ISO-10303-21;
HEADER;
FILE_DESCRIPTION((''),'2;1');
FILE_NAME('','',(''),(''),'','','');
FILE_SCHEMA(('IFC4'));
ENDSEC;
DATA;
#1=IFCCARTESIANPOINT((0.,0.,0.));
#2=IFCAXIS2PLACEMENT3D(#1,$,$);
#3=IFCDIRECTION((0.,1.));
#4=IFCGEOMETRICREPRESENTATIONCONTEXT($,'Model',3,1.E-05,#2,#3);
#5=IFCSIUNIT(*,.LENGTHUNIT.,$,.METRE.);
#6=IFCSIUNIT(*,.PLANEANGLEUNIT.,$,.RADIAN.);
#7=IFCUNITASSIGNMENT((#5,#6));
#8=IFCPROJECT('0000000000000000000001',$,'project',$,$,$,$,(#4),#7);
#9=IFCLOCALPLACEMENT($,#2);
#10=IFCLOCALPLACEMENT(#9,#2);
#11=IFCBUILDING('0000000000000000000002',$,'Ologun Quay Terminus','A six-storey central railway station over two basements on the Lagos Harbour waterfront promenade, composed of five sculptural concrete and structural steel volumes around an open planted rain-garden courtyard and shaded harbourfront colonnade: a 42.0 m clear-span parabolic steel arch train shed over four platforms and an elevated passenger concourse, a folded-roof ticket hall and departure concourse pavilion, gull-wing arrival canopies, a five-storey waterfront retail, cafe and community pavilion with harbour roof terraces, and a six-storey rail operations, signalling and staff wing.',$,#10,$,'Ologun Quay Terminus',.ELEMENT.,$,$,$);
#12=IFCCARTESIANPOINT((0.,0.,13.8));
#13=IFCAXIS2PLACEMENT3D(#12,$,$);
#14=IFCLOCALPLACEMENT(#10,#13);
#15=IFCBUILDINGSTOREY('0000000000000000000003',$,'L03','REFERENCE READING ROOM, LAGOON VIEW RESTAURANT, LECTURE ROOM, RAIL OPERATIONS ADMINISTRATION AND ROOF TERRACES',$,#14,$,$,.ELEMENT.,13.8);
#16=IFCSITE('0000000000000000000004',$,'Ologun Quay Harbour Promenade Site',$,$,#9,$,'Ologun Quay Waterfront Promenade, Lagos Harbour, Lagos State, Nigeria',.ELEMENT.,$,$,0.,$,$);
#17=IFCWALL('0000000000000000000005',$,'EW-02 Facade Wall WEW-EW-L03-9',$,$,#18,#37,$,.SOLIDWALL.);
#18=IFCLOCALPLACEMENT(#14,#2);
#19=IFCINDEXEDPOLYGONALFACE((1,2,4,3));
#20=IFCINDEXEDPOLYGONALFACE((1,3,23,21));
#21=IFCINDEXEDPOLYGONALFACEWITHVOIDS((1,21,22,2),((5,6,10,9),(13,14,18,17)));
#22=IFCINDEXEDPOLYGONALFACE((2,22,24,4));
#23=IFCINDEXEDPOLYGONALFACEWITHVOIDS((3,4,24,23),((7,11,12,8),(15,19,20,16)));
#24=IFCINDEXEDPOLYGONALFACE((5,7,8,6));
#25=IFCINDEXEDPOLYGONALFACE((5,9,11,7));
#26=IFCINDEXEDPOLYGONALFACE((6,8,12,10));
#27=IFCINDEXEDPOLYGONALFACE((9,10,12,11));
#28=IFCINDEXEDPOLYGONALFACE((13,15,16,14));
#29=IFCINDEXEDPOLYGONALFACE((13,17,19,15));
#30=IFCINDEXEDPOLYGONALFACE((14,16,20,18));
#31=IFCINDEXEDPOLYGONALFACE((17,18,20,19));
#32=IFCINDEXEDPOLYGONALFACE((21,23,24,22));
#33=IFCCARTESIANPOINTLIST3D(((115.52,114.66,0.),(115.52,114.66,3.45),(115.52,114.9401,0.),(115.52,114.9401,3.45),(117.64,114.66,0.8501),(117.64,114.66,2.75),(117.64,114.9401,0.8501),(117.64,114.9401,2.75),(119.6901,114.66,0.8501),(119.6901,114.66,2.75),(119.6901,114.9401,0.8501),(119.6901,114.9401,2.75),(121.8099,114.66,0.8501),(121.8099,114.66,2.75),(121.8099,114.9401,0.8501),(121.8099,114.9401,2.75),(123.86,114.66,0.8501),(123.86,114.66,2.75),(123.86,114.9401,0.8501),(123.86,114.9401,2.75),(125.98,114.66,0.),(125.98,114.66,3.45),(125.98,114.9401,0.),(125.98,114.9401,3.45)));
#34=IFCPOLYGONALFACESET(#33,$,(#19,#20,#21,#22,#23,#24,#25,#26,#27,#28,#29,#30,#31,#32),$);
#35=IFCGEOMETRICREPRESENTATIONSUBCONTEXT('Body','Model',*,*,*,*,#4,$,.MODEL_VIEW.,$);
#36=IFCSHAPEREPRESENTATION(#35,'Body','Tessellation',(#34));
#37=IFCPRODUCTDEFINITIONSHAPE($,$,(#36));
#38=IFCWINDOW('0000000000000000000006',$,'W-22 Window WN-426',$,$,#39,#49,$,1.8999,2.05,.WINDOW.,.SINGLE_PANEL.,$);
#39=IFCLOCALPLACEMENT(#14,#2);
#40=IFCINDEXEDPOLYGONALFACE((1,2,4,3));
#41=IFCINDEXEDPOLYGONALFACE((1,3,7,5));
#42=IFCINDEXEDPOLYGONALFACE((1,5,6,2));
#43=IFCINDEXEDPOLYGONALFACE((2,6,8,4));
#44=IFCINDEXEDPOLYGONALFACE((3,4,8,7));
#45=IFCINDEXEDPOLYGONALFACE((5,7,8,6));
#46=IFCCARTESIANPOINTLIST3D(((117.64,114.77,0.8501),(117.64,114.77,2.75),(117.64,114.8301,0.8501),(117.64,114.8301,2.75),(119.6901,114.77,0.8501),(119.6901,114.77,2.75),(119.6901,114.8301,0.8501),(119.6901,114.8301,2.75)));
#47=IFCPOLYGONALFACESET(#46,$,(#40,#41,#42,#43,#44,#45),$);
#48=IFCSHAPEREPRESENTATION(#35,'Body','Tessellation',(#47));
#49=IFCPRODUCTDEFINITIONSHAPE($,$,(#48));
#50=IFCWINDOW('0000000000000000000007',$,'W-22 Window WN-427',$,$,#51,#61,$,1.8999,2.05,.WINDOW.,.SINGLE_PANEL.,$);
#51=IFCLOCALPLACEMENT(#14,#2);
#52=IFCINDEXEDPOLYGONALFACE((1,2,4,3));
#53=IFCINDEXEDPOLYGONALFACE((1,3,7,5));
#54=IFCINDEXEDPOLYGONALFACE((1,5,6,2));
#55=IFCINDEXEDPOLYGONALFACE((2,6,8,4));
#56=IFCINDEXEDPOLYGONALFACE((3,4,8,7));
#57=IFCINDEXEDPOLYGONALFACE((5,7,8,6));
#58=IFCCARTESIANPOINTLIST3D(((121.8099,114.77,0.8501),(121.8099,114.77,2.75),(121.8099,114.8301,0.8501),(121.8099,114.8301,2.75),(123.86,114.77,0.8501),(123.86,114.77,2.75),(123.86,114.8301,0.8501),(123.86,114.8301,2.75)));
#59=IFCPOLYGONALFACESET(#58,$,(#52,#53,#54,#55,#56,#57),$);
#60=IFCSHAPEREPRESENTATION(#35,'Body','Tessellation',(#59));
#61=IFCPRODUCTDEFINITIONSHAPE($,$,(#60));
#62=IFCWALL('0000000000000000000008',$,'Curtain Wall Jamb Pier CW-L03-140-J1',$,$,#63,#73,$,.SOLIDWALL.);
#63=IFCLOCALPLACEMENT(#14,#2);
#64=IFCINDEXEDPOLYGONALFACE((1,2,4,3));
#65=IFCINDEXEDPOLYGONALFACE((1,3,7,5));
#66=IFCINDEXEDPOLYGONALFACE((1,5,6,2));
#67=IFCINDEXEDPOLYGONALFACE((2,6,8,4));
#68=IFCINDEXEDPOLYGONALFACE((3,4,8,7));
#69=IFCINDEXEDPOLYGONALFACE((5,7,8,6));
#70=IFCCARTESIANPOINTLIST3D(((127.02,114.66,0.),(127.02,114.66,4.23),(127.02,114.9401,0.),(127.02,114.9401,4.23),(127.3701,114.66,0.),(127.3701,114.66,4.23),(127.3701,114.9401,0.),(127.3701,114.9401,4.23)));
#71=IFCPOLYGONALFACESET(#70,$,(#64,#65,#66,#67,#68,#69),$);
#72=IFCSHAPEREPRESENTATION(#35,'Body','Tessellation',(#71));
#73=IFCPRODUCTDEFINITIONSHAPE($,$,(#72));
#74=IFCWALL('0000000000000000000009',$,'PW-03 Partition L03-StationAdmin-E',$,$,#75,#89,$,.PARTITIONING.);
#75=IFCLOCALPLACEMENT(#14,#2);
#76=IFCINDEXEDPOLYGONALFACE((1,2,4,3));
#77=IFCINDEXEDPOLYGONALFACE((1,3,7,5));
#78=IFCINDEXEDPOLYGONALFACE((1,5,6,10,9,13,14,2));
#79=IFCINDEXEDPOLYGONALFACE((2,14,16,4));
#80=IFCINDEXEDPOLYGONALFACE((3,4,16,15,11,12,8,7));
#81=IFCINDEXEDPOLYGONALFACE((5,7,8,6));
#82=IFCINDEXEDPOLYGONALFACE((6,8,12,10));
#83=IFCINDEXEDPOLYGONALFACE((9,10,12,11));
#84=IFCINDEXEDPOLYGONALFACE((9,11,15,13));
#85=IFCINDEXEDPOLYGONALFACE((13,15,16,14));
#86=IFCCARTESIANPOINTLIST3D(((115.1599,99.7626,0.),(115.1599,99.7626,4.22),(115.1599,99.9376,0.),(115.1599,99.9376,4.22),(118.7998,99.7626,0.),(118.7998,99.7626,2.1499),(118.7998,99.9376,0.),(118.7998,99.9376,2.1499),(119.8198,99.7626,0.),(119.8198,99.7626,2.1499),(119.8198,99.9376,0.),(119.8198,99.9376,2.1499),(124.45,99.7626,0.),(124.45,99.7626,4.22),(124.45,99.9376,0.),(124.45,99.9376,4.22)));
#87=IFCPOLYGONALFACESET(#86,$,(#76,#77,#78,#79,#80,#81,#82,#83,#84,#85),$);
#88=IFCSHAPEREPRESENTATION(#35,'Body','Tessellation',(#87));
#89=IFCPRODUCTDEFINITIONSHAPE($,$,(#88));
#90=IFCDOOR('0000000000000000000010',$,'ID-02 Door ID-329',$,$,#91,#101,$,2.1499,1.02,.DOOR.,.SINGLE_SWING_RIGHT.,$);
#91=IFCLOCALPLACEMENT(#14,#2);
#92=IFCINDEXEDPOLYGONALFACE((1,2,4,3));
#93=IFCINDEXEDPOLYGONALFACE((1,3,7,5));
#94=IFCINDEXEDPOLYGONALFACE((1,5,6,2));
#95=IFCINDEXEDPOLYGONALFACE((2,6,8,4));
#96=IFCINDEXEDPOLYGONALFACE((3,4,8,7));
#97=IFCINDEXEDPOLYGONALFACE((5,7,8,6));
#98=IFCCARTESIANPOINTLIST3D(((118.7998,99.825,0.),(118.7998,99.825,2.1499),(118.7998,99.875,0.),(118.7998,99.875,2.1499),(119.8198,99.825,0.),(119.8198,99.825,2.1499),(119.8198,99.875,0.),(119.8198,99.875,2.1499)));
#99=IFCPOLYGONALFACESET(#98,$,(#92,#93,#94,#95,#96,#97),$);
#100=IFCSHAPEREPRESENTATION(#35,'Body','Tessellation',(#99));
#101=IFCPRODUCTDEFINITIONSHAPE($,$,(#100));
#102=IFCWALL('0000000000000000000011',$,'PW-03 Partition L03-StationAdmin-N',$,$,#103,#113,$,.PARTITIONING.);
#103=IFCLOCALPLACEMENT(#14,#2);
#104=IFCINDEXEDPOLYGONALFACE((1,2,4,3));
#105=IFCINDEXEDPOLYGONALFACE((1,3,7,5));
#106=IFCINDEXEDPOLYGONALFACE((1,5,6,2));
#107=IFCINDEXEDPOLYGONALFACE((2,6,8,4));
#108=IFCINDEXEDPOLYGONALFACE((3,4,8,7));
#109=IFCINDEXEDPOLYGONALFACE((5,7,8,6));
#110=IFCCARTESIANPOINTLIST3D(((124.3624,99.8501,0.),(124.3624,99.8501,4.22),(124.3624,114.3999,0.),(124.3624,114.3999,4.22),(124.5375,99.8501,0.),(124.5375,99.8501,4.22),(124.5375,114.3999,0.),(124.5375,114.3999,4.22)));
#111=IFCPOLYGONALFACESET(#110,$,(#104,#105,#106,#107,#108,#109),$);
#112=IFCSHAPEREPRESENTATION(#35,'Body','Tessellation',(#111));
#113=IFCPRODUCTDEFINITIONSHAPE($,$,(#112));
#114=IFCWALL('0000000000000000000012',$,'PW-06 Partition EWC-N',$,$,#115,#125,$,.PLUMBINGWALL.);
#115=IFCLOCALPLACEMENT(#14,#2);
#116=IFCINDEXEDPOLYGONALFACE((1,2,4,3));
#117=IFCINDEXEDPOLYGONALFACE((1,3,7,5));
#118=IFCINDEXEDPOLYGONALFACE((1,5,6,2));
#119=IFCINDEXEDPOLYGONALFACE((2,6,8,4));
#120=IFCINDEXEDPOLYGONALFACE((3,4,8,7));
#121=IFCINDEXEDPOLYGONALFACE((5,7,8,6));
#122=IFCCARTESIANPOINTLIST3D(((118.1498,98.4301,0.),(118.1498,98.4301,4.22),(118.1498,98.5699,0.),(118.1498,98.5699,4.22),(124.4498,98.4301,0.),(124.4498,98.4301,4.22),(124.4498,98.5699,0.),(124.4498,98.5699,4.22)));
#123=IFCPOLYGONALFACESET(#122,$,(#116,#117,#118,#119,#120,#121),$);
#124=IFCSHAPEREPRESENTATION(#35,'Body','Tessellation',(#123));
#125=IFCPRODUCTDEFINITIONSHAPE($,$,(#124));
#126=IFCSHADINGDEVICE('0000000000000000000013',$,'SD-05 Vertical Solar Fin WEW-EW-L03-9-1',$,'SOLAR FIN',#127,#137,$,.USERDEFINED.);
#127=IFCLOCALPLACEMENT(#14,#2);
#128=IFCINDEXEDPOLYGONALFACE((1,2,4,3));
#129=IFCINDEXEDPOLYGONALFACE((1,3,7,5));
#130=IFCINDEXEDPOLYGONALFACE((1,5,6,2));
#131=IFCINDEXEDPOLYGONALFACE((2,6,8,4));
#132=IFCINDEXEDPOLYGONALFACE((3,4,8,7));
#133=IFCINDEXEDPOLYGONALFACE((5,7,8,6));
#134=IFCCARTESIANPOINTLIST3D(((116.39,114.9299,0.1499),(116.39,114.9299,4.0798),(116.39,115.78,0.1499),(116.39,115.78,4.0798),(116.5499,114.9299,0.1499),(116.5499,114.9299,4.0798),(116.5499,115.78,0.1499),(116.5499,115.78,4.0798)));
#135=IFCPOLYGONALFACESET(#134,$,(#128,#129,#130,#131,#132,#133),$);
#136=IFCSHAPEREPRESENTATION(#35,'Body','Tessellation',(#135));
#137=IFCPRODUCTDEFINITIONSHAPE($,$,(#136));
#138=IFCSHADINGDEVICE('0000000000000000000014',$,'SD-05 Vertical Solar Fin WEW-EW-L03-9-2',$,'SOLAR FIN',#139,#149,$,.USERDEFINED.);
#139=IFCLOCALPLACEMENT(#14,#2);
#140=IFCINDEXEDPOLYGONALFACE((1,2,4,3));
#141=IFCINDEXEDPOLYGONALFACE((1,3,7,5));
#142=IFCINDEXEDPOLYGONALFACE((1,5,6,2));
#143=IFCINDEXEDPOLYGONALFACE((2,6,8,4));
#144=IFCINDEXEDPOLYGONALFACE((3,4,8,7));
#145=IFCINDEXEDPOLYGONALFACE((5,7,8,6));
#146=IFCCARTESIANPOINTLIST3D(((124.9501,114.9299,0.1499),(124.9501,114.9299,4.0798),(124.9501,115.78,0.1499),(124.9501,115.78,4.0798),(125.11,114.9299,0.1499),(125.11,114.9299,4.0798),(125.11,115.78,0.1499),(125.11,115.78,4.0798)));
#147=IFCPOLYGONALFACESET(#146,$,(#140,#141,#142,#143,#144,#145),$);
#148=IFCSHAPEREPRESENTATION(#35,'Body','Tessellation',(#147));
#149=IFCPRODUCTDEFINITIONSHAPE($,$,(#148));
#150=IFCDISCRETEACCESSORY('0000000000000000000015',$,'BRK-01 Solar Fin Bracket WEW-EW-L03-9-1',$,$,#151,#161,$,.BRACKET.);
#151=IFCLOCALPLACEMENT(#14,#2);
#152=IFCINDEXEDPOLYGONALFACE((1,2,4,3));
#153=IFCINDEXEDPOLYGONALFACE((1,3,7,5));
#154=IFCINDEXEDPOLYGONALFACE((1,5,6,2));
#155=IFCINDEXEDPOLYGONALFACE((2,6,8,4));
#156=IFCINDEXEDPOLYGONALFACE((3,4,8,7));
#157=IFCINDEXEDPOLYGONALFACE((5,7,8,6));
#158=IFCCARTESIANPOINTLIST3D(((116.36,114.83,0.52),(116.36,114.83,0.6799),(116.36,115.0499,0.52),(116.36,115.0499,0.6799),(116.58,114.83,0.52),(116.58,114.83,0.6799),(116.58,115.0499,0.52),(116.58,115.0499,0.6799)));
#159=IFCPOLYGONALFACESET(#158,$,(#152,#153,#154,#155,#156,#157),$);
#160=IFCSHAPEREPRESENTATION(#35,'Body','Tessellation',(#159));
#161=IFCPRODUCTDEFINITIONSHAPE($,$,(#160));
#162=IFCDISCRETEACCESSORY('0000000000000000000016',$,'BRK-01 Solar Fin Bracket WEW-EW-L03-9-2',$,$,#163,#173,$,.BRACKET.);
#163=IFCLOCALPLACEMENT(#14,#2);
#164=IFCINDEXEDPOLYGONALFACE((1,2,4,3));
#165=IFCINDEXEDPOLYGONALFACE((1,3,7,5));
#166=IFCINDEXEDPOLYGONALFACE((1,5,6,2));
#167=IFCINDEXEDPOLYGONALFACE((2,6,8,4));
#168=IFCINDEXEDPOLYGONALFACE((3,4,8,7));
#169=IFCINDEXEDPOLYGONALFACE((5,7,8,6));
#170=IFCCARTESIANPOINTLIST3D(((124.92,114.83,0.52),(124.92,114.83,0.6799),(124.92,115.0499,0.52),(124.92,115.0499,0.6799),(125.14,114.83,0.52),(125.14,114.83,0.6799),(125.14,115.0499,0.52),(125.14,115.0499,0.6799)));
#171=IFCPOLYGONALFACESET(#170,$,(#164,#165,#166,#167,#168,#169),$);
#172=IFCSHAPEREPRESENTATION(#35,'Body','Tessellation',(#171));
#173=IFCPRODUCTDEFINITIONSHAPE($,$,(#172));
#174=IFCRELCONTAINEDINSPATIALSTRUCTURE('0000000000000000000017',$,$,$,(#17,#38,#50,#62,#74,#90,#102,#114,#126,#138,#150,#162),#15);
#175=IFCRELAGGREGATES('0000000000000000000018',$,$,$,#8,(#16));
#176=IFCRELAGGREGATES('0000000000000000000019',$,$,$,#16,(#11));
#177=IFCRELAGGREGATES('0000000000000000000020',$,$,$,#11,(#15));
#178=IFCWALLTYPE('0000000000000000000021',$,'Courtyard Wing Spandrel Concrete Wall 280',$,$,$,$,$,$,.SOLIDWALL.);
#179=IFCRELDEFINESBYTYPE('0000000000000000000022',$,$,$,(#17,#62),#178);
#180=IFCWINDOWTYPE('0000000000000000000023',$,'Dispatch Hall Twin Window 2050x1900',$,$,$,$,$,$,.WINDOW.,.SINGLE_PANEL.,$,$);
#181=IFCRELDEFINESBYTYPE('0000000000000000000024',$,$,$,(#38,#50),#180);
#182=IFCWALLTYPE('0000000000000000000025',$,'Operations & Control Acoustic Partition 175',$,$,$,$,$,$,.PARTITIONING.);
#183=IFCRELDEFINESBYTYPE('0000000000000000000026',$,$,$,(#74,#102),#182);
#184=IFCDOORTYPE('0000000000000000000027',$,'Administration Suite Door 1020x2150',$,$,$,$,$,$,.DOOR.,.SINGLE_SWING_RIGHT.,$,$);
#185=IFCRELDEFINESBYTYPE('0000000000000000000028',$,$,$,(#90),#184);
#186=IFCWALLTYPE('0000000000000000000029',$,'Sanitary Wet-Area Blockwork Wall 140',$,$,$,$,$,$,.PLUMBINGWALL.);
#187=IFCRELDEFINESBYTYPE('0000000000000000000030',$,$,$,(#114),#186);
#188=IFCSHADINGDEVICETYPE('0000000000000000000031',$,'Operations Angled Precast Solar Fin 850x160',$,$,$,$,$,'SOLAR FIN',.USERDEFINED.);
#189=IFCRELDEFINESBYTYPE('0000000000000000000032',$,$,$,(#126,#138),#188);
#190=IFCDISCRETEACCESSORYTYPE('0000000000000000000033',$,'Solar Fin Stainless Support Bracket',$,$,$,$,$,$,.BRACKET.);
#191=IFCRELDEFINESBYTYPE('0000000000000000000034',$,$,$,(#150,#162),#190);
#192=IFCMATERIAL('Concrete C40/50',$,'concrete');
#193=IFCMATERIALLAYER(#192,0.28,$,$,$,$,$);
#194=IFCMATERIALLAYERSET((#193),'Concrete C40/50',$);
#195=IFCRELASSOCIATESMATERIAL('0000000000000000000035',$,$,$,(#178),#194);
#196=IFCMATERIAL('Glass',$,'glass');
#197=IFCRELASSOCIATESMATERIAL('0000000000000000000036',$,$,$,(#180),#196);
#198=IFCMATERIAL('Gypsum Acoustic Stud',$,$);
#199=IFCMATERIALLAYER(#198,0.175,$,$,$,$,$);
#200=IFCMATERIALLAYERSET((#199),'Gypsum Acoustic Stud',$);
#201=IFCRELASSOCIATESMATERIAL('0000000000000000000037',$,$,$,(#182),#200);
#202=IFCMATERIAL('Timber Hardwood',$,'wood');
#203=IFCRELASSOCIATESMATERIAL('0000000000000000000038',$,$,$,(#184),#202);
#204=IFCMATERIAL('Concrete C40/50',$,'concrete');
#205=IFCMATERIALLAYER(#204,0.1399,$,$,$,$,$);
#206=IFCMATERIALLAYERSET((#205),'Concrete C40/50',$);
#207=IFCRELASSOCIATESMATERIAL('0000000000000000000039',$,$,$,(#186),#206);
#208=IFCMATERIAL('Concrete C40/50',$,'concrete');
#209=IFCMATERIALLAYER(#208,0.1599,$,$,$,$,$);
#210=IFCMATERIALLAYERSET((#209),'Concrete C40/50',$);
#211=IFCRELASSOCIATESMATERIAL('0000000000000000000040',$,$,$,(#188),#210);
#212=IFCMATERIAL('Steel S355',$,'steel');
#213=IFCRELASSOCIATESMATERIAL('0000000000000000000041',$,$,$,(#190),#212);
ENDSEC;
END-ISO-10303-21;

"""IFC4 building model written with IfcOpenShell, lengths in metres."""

from ifc_helpers import new_model, si_unit, direction, frame, frame_2d, origin, origin_2d, place, context, subcontext, project, spatial, rectangle, extrude, material, layer, layer_set, type_object, element, fill, save


model = new_model("IFC4")

# Units and contexts
model_context = context("Model", 3, precision=1e-05, world=origin(), true_north=direction((0.0, 1.0)))
body_context = subcontext(model_context, "Body", "Model", "MODEL_VIEW")
ifc_project = project(units=[si_unit("LENGTHUNIT", "METRE"), si_unit("PLANEANGLEUNIT", "RADIAN")], contexts=[model_context])

# Site, building, storey
site_placement = place(None, origin())
site = spatial("IfcSite", under=ifc_project, at=site_placement, Name="Ologun Quay Harbour Promenade Site", LongName="Ologun Quay Waterfront Promenade, Lagos Harbour, Lagos State, Nigeria", CompositionType="ELEMENT", RefElevation=0.0)
building_placement = place(site_placement, origin())
building = spatial("IfcBuilding", under=site, at=building_placement, Name="Ologun Quay Terminus", Description="A six-storey central railway station over two basements on the Lagos Harbour waterfront promenade, composed of five sculptural concrete and structural steel volumes around an open planted rain-garden courtyard and shaded harbourfront colonnade: a 42.0 m clear-span parabolic steel arch train shed over four platforms and an elevated passenger concourse, a folded-roof ticket hall and departure concourse pavilion, gull-wing arrival canopies, a five-storey waterfront retail, cafe and community pavilion with harbour roof terraces, and a six-storey rail operations, signalling and staff wing.", LongName="Ologun Quay Terminus", CompositionType="ELEMENT")
storey_placement = place(building_placement, frame((0.0, 0.0, 13.8)))
storey = spatial("IfcBuildingStorey", under=building, at=storey_placement, Name="L03", Description="REFERENCE READING ROOM, LAGOON VIEW RESTAURANT, LECTURE ROOM, RAIL OPERATIONS ADMINISTRATION AND ROOF TERRACES", CompositionType="ELEMENT", Elevation=13.8)

# Wall, openings, windows
ifc_material_1 = material(Name="Concrete C40/50", Category="concrete")
ifc_layer_1 = layer(ifc_material_1, 0.28)
ifc_layer_set_1 = layer_set([ifc_layer_1], Name="Concrete C40/50")
wall_type_1 = type_object("IfcWallType", Name="Courtyard Wing Spandrel Concrete Wall 280", PredefinedType="SOLIDWALL", material=ifc_layer_set_1)
wall_1_placement = place(storey_placement, frame((115.52, 114.8, 0.0), z_axis=(0.0, 0.0, 1.0), x_axis=(1.0, 0.0, 0.0)))
wall_1 = element("IfcWall", 1, at=wall_1_placement, inside=storey, type_object=wall_type_1, Name="EW-02 Facade Wall WEW-EW-L03-9", PredefinedType="SOLIDWALL", context=body_context, shape_type="SweptSolid", body=[
    extrude(rectangle(XDim=10.46, YDim=0.28, at=frame_2d((5.23, 0.0))), origin(), (0.0, 0.0, 1.0), 3.45),
])
opening_1_placement = place(wall_1_placement, frame((2.1201, 0.0, 0.8501)))
opening_1 = element("IfcOpeningElement", 2, at=opening_1_placement, cuts=wall_1, PredefinedType="OPENING", context=body_context, shape_type="SweptSolid", body=[
    extrude(rectangle(XDim=2.05, YDim=1.8999, at=frame_2d((1.0249, 0.95))), frame((0.0, 0.1499, 0.0), z_axis=(0.0, -1.0, 0.0), x_axis=(1.0, 0.0, 0.0)), (0.0, 0.0, 1.0), 0.3),
])
opening_2_placement = place(wall_1_placement, frame((6.29, 0.0, 0.8501)))
opening_2 = element("IfcOpeningElement", 3, at=opening_2_placement, cuts=wall_1, PredefinedType="OPENING", context=body_context, shape_type="SweptSolid", body=[
    extrude(rectangle(XDim=2.05, YDim=1.8999, at=frame_2d((1.0249, 0.95))), frame((0.0, 0.1499, 0.0), z_axis=(0.0, -1.0, 0.0), x_axis=(1.0, 0.0, 0.0)), (0.0, 0.0, 1.0), 0.3),
])
ifc_material_2 = material(Name="Glass", Category="glass")
window_type = type_object("IfcWindowType", Name="Dispatch Hall Twin Window 2050x1900", PartitioningType="SINGLE_PANEL", PredefinedType="WINDOW", material=ifc_material_2)
window_1_placement = place(opening_1_placement, origin())
window_1 = element("IfcWindow", 4, at=window_1_placement, inside=storey, type_object=window_type, Name="W-22 Window WN-426", OverallHeight=1.8999, OverallWidth=2.05, PartitioningType="SINGLE_PANEL", PredefinedType="WINDOW", context=body_context, shape_type="SweptSolid", body=[
    extrude(rectangle(XDim=2.05, YDim=1.8999, at=frame_2d((1.0249, 0.95))), frame((0.0, 0.03, 0.0), z_axis=(0.0, -1.0, 0.0), x_axis=(1.0, 0.0, 0.0)), (0.0, 0.0, 1.0), 0.0601),
])
fill(opening_1, window_1)
window_2_placement = place(opening_2_placement, origin())
window_2 = element("IfcWindow", 5, at=window_2_placement, inside=storey, type_object=window_type, Name="W-22 Window WN-427", OverallHeight=1.8999, OverallWidth=2.05, PartitioningType="SINGLE_PANEL", PredefinedType="WINDOW", context=body_context, shape_type="SweptSolid", body=[
    extrude(rectangle(XDim=2.05, YDim=1.8999, at=frame_2d((1.0249, 0.95))), frame((0.0, 0.03, 0.0), z_axis=(0.0, -1.0, 0.0), x_axis=(1.0, 0.0, 0.0)), (0.0, 0.0, 1.0), 0.0601),
])
fill(opening_2, window_2)

# Wall
wall_2_placement = place(storey_placement, frame((127.02, 114.8, 0.0), z_axis=(0.0, 0.0, 1.0), x_axis=(1.0, 0.0, 0.0)))
element("IfcWall", 6, at=wall_2_placement, inside=storey, type_object=wall_type_1, Name="Curtain Wall Jamb Pier CW-L03-140-J1", PredefinedType="SOLIDWALL", context=body_context, shape_type="SweptSolid", body=[
    extrude(rectangle(XDim=0.3501, YDim=0.28, at=frame_2d((0.175, 0.0))), origin(), (0.0, 0.0, 1.0), 4.23),
])

# Wall, opening, door
ifc_material_3 = material(Name="Gypsum Acoustic Stud")
ifc_layer_2 = layer(ifc_material_3, 0.175)
ifc_layer_set_2 = layer_set([ifc_layer_2], Name="Gypsum Acoustic Stud")
wall_type_2 = type_object("IfcWallType", Name="Operations & Control Acoustic Partition 175", PredefinedType="PARTITIONING", material=ifc_layer_set_2)
wall_3_placement = place(storey_placement, frame((115.1599, 99.8501, 0.0), z_axis=(0.0, 0.0, 1.0), x_axis=(1.0, 0.0, 0.0)))
wall_3 = element("IfcWall", 7, at=wall_3_placement, inside=storey, type_object=wall_type_2, Name="PW-03 Partition L03-StationAdmin-E", PredefinedType="PARTITIONING", context=body_context, shape_type="SweptSolid", body=[
    extrude(rectangle(XDim=9.29, YDim=0.175, at=frame_2d((4.645, 0.0))), origin(), (0.0, 0.0, 1.0), 4.22),
])
opening_3_placement = place(wall_3_placement, frame((3.6399, 0.0, 0.0)))
opening_3 = element("IfcOpeningElement", 8, at=opening_3_placement, cuts=wall_3, PredefinedType="OPENING", context=body_context, shape_type="SweptSolid", body=[
    extrude(rectangle(XDim=1.02, YDim=2.1499, at=frame_2d((0.51, 1.075))), frame((0.0, 0.0977, 0.0), z_axis=(0.0, -1.0, 0.0), x_axis=(1.0, 0.0, 0.0)), (0.0, 0.0, 1.0), 0.1951),
])
ifc_material_4 = material(Name="Timber Hardwood", Category="wood")
door_type_1 = type_object("IfcDoorType", Name="Administration Suite Door 1020x2150", OperationType="SINGLE_SWING_RIGHT", PredefinedType="DOOR", material=ifc_material_4)
door_1_placement = place(opening_3_placement, origin())
door_1 = element("IfcDoor", 9, at=door_1_placement, inside=storey, type_object=door_type_1, Name="ID-02 Door ID-329", OperationType="SINGLE_SWING_RIGHT", OverallHeight=2.1499, OverallWidth=1.02, PredefinedType="DOOR", context=body_context, shape_type="SweptSolid", body=[
    extrude(rectangle(XDim=1.02, YDim=2.1499, at=frame_2d((0.51, 1.075))), frame((0.0, 0.0249, 0.0), z_axis=(0.0, -1.0, 0.0), x_axis=(1.0, 0.0, 0.0)), (0.0, 0.0, 1.0), 0.05),
])
fill(opening_3, door_1)

# Walls
wall_4_placement = place(storey_placement, frame((124.45, 99.8501, 0.0), z_axis=(0.0, 0.0, 1.0), x_axis=(0.0, 1.0, 0.0)))
element("IfcWall", 10, at=wall_4_placement, inside=storey, type_object=wall_type_2, Name="PW-03 Partition L03-StationAdmin-N", PredefinedType="PARTITIONING", context=body_context, shape_type="SweptSolid", body=[
    extrude(rectangle(XDim=14.5498, YDim=0.175, at=frame_2d((7.2749, 0.0))), origin(), (0.0, 0.0, 1.0), 4.22),
])
ifc_material_5 = material(Name="Concrete C40/50", Category="concrete")
ifc_layer_3 = layer(ifc_material_5, 0.1399)
ifc_layer_set_3 = layer_set([ifc_layer_3], Name="Concrete C40/50")
wall_type_3 = type_object("IfcWallType", Name="Sanitary Wet-Area Blockwork Wall 140", PredefinedType="PLUMBINGWALL", material=ifc_layer_set_3)
wall_5_placement = place(storey_placement, frame((118.1499, 98.5, 0.0), z_axis=(0.0, 0.0, 1.0), x_axis=(1.0, 0.0, 0.0)))
element("IfcWall", 11, at=wall_5_placement, inside=storey, type_object=wall_type_3, Name="PW-06 Partition EWC-N", PredefinedType="PLUMBINGWALL", context=body_context, shape_type="SweptSolid", body=[
    extrude(rectangle(XDim=6.3, YDim=0.1399, at=frame_2d((3.1499, 0.0))), origin(), (0.0, 0.0, 1.0), 4.22),
])

# Shading devices
ifc_material_6 = material(Name="Concrete C40/50", Category="concrete")
ifc_layer_4 = layer(ifc_material_6, 0.1599)
ifc_layer_set_4 = layer_set([ifc_layer_4], Name="Concrete C40/50")
shading_device_type = type_object("IfcShadingDeviceType", Name="Operations Angled Precast Solar Fin 850x160", ElementType="SOLAR FIN", PredefinedType="USERDEFINED", material=ifc_layer_set_4)
for number, where, z_axis, x_axis, name in (
    (12, (116.47, 115.355, 0.1499), (0.0, 0.0, 1.0), (1.0, 0.0, 0.0), "SD-05 Vertical Solar Fin WEW-EW-L03-9-1"),
    (13, (125.03, 115.355, 0.1499), (0.0, 0.0, 1.0), (1.0, 0.0, 0.0), "SD-05 Vertical Solar Fin WEW-EW-L03-9-2"),
):
    element("IfcShadingDevice", number, at=place(storey_placement, frame(where, z_axis=z_axis, x_axis=x_axis)), inside=storey, type_object=shading_device_type, Name=name, ObjectType="SOLAR FIN", PredefinedType="USERDEFINED", context=body_context, shape_type="SweptSolid", body=[
        extrude(rectangle(XDim=0.1599, YDim=0.8501, at=origin_2d()), origin(), (0.0, 0.0, 1.0), 3.9299),
    ])

# Discrete accessories
ifc_material_7 = material(Name="Steel S355", Category="steel")
discrete_accessory_type = type_object("IfcDiscreteAccessoryType", Name="Solar Fin Stainless Support Bracket", PredefinedType="BRACKET", material=ifc_material_7)
for number, where, z_axis, x_axis, name in (
    (14, (116.47, 114.9399, 0.52), (0.0, 0.0, 1.0), (1.0, 0.0, 0.0), "BRK-01 Solar Fin Bracket WEW-EW-L03-9-1"),
    (15, (125.03, 114.9399, 0.52), (0.0, 0.0, 1.0), (1.0, 0.0, 0.0), "BRK-01 Solar Fin Bracket WEW-EW-L03-9-2"),
):
    element("IfcDiscreteAccessory", number, at=place(storey_placement, frame(where, z_axis=z_axis, x_axis=x_axis)), inside=storey, type_object=discrete_accessory_type, Name=name, PredefinedType="BRACKET", context=body_context, shape_type="SweptSolid", body=[
        extrude(rectangle(XDim=0.22, YDim=0.22, at=origin_2d()), origin(), (0.0, 0.0, 1.0), 0.1599),
    ])

save(model, "model.ifc")
